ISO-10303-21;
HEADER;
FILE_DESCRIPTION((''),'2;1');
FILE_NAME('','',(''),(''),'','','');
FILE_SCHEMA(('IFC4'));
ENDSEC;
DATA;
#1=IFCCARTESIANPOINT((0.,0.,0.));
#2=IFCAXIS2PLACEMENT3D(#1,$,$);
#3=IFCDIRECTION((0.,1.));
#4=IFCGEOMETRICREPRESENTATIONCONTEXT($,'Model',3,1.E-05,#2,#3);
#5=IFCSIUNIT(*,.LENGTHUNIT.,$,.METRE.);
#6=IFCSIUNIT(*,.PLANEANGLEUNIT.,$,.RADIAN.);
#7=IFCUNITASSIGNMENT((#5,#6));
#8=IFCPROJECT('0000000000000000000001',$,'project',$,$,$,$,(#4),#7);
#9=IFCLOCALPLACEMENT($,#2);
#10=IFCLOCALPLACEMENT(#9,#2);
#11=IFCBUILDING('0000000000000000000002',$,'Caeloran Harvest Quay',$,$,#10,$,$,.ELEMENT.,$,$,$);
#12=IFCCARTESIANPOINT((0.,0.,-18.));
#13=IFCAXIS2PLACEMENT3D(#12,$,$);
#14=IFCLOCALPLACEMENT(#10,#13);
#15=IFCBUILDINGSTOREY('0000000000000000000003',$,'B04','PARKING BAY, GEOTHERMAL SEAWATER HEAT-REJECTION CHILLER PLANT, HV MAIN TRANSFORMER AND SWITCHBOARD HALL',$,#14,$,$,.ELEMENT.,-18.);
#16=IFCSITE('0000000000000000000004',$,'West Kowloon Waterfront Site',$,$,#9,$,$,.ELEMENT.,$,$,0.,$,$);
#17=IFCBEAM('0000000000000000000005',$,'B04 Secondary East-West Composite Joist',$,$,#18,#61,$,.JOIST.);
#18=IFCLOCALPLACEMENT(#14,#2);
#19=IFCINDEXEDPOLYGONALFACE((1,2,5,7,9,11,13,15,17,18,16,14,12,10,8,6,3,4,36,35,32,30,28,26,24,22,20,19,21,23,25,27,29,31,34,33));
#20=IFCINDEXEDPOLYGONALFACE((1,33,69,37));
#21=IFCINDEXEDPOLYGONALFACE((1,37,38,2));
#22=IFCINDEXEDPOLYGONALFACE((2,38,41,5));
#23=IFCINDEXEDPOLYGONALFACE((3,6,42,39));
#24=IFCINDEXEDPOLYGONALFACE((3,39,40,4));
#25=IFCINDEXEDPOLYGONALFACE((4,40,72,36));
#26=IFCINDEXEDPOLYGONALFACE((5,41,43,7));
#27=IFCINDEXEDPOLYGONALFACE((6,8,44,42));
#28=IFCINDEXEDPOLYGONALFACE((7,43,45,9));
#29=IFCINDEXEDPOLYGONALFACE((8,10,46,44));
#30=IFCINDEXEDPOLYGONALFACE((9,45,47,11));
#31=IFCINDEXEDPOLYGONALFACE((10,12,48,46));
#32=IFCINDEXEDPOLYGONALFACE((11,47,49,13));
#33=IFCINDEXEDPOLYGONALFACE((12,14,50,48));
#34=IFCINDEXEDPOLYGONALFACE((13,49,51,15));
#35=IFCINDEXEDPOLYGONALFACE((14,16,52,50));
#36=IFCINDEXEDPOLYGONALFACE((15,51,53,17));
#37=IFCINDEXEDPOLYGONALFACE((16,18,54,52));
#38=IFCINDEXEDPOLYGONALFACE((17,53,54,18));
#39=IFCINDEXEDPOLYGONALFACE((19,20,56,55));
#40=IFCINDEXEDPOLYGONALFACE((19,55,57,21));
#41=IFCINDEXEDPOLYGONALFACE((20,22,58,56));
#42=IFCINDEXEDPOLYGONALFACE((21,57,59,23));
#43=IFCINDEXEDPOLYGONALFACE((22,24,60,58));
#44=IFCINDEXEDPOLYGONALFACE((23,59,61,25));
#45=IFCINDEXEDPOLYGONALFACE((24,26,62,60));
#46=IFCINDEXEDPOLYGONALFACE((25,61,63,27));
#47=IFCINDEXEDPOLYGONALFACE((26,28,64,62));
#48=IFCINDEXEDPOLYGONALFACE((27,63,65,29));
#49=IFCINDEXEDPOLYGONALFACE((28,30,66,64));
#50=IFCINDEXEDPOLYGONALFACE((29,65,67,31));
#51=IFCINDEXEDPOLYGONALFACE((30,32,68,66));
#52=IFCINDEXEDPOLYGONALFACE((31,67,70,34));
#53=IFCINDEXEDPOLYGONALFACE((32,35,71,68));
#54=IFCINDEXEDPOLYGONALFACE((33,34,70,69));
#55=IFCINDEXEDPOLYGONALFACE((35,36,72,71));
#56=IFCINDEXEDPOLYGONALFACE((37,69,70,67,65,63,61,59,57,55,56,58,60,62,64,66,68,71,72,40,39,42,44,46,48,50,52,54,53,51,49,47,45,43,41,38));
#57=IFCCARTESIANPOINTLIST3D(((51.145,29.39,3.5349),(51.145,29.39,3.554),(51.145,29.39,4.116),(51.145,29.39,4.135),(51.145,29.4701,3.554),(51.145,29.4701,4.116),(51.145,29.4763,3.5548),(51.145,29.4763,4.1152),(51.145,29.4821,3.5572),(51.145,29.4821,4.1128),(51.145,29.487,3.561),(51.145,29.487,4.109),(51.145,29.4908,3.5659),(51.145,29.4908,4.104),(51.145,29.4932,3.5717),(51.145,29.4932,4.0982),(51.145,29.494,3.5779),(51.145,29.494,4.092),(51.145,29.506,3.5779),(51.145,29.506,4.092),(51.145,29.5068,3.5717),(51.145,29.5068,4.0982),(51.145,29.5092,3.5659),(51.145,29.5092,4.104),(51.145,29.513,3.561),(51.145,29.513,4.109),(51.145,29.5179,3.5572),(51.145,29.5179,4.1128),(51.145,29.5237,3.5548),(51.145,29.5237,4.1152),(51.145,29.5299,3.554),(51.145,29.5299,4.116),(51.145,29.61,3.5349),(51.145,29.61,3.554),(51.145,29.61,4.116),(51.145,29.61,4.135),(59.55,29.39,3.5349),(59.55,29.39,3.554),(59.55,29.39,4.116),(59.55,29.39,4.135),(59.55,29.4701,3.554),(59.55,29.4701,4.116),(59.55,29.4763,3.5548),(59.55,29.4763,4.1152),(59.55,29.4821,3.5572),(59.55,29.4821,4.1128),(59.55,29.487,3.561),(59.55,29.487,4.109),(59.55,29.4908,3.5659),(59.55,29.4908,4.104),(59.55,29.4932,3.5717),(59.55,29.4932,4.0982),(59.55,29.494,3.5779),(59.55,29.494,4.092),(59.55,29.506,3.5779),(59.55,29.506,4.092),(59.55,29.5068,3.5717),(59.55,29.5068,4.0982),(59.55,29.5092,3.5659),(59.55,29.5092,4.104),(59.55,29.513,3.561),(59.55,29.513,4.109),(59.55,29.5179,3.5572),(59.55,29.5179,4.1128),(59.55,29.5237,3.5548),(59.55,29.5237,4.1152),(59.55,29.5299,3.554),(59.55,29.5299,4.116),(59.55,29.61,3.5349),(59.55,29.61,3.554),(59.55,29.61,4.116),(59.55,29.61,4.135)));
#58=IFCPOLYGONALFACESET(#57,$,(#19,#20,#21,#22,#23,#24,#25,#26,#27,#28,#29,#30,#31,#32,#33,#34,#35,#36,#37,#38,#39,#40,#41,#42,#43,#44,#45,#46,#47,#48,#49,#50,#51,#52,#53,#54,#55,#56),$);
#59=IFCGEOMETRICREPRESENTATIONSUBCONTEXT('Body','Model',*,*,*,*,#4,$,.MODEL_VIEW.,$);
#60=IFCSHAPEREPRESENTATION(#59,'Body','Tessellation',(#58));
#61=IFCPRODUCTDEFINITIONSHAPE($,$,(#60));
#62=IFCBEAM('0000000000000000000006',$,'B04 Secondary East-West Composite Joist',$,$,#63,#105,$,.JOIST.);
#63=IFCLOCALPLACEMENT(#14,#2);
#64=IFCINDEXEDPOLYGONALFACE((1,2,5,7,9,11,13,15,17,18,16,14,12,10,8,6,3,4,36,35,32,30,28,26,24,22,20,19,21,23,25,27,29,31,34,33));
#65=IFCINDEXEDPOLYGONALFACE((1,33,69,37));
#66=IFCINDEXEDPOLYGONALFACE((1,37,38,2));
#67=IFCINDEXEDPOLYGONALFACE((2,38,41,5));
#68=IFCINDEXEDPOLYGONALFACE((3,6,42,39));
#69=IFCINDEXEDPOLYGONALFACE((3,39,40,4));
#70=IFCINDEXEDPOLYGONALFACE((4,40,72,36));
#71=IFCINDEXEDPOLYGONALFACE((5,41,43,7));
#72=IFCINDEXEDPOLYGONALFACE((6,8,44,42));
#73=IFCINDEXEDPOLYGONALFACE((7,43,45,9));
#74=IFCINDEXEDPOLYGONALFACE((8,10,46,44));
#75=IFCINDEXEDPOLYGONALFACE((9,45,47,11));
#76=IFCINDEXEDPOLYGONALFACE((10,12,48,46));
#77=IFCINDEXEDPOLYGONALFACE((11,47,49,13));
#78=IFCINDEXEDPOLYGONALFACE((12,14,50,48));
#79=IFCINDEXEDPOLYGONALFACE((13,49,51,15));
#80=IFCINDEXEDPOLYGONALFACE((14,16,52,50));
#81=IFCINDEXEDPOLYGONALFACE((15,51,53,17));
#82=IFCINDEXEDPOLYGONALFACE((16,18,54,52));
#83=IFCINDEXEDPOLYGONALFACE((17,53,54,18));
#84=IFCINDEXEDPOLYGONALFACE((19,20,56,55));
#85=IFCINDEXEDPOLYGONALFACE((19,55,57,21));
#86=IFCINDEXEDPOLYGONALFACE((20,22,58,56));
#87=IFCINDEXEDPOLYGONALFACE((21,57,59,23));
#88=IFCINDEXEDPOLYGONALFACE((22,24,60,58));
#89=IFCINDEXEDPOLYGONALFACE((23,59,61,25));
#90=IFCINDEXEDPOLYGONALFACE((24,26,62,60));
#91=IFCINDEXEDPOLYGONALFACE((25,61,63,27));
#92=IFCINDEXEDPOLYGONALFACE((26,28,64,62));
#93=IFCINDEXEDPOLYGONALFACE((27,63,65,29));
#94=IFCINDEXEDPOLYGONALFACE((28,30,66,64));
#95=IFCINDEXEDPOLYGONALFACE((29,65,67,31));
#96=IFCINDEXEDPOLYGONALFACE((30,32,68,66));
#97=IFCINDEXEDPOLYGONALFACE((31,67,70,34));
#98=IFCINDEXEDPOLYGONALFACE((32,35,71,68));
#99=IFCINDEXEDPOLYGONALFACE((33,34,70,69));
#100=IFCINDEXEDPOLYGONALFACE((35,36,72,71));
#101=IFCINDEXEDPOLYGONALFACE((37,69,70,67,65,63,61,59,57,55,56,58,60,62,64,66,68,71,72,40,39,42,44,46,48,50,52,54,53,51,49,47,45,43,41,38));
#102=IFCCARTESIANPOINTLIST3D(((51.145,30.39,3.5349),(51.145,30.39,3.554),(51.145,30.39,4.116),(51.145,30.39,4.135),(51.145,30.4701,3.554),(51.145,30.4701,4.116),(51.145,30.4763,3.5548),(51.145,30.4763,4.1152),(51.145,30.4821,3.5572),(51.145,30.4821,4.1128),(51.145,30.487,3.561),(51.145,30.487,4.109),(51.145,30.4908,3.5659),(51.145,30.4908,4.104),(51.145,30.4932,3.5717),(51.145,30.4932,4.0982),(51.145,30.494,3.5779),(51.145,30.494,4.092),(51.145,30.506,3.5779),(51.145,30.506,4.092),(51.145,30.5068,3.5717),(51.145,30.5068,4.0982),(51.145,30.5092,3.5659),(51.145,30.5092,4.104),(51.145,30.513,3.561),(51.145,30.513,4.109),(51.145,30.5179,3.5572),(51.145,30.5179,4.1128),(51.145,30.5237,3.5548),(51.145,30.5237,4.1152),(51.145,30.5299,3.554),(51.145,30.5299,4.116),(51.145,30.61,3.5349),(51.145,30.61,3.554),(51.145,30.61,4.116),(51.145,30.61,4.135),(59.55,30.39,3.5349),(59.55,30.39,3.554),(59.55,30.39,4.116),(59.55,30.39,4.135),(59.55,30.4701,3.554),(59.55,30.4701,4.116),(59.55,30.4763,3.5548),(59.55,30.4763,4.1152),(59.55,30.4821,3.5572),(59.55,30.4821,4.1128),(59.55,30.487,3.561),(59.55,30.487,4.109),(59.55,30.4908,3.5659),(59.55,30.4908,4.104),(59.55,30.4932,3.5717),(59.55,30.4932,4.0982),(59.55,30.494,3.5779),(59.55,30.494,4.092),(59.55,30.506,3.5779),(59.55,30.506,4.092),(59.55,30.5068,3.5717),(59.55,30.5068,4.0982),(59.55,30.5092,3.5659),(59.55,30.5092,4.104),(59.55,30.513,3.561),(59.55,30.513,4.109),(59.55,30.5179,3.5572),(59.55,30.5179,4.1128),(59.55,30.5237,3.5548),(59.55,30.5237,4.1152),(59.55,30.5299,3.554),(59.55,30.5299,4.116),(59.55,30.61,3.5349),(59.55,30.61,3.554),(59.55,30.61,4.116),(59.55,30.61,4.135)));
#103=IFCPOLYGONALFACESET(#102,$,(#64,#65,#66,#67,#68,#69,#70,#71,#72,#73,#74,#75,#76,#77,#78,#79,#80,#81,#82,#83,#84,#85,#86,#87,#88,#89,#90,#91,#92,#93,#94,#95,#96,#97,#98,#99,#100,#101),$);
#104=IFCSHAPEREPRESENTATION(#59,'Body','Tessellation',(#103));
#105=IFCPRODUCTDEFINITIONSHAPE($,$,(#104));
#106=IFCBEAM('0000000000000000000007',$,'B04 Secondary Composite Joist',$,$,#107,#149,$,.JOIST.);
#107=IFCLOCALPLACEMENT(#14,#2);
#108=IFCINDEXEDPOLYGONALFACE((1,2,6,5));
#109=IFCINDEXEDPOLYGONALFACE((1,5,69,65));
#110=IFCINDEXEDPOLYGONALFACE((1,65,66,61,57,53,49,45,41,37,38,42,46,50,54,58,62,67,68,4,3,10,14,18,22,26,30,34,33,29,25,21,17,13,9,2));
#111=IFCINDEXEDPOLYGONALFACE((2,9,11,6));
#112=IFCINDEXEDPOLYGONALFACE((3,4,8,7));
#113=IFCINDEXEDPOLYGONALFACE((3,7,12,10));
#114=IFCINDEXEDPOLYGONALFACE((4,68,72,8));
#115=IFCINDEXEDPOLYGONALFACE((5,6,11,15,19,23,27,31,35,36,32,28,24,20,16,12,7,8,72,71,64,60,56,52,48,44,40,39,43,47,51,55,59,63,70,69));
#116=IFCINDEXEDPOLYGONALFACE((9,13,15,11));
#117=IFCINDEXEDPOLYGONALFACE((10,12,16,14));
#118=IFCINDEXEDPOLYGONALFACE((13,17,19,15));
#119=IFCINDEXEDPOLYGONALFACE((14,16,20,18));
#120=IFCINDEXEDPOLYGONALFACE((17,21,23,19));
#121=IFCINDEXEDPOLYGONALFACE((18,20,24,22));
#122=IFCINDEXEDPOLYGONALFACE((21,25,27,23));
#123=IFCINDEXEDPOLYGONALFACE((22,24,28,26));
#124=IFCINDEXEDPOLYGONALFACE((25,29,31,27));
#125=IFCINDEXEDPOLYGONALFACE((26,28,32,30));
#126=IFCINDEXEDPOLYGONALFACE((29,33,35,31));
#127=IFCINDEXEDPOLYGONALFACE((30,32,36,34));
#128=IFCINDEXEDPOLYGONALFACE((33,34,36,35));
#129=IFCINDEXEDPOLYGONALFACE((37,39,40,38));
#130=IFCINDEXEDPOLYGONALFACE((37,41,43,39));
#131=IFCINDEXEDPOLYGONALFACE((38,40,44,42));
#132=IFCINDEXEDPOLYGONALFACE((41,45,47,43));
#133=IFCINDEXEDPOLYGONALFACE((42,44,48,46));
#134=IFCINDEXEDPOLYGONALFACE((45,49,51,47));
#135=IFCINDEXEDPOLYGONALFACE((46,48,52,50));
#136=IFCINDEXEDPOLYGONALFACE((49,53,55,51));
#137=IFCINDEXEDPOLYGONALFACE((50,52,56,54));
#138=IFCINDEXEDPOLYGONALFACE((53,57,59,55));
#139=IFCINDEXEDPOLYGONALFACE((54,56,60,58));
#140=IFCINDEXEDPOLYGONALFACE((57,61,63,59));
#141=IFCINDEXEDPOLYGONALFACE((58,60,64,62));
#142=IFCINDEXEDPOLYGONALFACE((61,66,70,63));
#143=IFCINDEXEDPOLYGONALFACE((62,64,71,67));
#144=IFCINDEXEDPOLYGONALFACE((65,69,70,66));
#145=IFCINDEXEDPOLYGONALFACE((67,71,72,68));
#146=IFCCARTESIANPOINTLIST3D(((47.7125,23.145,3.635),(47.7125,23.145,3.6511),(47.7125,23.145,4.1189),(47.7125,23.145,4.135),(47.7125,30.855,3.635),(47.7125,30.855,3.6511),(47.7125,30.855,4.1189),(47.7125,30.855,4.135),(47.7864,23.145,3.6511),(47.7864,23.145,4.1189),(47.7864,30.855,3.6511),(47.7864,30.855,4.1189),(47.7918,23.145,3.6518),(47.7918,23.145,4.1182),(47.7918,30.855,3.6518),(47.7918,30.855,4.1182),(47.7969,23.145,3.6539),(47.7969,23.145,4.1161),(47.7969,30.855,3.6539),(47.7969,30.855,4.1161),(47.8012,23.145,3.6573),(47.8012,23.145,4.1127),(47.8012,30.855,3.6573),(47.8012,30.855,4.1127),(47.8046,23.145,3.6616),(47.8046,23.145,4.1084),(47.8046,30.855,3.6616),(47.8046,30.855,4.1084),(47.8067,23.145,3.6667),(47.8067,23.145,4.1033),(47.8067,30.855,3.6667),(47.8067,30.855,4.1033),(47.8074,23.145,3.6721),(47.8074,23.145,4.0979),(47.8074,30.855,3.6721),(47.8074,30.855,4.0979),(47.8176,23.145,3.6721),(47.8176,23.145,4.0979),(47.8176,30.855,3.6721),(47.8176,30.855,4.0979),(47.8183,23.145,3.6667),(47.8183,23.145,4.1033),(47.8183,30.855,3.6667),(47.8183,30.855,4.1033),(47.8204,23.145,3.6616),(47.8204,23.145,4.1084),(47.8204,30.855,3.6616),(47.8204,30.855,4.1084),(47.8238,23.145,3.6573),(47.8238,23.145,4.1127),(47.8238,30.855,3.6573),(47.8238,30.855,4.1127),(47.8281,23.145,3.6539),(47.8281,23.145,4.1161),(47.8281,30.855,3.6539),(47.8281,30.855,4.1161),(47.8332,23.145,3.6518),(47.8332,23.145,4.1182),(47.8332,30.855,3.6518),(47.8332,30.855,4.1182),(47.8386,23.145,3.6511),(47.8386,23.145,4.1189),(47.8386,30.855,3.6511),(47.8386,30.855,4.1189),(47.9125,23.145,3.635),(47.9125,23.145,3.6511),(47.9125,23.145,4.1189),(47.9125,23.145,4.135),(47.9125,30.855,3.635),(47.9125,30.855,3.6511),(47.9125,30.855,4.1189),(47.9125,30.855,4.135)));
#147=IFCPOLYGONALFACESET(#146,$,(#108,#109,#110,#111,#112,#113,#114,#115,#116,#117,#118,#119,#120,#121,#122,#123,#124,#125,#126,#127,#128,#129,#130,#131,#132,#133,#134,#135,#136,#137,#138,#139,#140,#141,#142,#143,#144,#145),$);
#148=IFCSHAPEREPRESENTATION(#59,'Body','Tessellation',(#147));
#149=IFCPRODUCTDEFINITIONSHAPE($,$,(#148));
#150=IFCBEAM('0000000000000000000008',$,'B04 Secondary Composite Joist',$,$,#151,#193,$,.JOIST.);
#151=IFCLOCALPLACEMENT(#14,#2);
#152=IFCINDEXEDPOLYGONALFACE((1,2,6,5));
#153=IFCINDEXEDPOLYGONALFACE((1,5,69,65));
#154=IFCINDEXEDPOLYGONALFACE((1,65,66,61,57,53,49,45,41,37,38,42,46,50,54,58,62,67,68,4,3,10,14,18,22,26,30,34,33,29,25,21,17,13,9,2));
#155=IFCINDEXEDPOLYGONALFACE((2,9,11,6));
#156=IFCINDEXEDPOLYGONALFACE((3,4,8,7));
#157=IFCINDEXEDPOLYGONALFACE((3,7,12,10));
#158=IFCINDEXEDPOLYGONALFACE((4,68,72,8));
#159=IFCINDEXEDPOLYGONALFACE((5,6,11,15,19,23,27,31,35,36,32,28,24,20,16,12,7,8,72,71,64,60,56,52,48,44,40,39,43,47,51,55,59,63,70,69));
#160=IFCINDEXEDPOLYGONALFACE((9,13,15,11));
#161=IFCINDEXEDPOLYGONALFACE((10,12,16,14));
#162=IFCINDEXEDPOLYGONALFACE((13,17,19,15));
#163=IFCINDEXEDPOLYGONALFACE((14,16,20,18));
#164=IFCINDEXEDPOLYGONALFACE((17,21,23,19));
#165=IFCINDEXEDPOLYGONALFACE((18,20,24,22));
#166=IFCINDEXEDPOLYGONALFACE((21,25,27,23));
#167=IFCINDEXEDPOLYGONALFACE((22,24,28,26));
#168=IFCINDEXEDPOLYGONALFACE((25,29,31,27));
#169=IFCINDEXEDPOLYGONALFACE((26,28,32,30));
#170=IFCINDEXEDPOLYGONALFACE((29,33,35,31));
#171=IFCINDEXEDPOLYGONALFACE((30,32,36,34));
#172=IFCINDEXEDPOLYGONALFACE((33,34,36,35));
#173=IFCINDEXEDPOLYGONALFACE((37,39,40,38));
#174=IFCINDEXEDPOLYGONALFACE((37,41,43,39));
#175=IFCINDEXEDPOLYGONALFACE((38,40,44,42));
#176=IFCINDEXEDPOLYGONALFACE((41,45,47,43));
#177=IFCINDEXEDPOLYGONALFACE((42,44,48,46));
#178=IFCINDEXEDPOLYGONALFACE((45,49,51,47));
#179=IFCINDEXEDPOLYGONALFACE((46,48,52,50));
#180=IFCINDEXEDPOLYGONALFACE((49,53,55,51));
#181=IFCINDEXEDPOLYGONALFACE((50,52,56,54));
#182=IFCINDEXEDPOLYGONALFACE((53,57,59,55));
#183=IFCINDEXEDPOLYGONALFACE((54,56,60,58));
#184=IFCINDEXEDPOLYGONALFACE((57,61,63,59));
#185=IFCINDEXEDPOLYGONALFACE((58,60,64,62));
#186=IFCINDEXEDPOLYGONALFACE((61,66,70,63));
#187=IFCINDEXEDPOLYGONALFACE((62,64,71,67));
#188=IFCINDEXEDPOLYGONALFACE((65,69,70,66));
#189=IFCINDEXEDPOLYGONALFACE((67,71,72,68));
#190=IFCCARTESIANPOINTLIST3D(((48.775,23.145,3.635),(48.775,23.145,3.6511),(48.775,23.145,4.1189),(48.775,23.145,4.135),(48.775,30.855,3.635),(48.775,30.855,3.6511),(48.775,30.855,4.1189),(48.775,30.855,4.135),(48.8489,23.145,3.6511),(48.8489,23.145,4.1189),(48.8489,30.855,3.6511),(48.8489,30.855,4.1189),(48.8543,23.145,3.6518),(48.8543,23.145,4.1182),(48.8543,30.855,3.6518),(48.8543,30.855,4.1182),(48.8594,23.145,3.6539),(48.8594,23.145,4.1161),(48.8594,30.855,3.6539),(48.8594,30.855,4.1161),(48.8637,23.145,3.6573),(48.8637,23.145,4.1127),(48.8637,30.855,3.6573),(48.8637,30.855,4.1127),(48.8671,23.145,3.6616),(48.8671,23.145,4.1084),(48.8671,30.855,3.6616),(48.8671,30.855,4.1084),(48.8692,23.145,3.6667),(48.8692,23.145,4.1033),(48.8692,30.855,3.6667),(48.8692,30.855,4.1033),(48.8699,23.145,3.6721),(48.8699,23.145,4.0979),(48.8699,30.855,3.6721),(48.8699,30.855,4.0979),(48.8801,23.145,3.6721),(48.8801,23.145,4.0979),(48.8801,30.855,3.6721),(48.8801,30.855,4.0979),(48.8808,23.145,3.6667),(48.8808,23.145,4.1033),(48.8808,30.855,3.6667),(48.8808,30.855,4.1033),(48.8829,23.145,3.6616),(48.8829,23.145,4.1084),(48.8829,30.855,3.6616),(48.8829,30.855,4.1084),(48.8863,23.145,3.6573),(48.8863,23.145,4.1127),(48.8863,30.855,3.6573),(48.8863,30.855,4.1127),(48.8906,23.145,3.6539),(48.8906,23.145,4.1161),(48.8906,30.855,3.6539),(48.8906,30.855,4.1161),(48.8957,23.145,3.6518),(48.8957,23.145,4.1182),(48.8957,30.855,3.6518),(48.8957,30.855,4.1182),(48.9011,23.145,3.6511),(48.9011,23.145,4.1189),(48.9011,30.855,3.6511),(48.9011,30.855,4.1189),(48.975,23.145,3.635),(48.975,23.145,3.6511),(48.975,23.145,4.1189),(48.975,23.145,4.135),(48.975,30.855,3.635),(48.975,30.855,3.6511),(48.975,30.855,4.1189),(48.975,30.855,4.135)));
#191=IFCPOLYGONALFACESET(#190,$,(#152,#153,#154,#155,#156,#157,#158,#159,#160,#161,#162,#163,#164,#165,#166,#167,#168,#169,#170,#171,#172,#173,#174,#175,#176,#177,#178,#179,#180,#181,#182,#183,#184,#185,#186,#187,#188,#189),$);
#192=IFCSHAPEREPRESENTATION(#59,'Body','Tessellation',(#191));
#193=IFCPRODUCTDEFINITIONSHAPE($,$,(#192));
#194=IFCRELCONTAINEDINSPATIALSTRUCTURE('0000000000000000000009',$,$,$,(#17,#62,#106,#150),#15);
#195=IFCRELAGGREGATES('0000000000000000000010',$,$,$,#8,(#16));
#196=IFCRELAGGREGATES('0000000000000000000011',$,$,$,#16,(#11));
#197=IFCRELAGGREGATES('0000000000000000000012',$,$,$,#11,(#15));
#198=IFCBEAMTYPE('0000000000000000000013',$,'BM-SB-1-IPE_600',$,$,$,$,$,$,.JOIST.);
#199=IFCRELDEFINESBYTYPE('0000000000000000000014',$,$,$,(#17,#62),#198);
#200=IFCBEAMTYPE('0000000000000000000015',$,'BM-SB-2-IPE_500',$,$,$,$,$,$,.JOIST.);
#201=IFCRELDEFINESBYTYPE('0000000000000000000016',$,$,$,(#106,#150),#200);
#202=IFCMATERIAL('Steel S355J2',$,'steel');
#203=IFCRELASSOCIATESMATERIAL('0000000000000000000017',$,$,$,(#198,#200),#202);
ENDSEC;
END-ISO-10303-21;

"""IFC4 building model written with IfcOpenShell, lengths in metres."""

from ifc_helpers import new_model, si_unit, direction, frame, origin, origin_2d, place, context, subcontext, project, spatial, i_section, extrude, material, material_profile, profile_set, type_object, element, save


model = new_model("IFC4")

# Units and contexts
model_context = context("Model", 3, precision=1e-05, world=origin(), true_north=direction((0.0, 1.0)))
body_context = subcontext(model_context, "Body", "Model", "MODEL_VIEW")
ifc_project = project(units=[si_unit("LENGTHUNIT", "METRE"), si_unit("PLANEANGLEUNIT", "RADIAN")], contexts=[model_context])

# Site, building, storey
site_placement = place(None, origin())
site = spatial("IfcSite", under=ifc_project, at=site_placement, Name="West Kowloon Waterfront Site", CompositionType="ELEMENT", RefElevation=0.0)
building_placement = place(site_placement, origin())
building = spatial("IfcBuilding", under=site, at=building_placement, Name="Caeloran Harvest Quay", CompositionType="ELEMENT")
storey_placement = place(building_placement, frame((0.0, 0.0, -18.0)))
storey = spatial("IfcBuildingStorey", under=building, at=storey_placement, Name="B04", Description="PARKING BAY, GEOTHERMAL SEAWATER HEAT-REJECTION CHILLER PLANT, HV MAIN TRANSFORMER AND SWITCHBOARD HALL", CompositionType="ELEMENT", Elevation=-18.0)

# Beams
ifc_material_1 = material(Name="Steel S355J2", Category="steel")
ifc_material_profile_1 = material_profile(ifc_material_1, i_section(OverallWidth=0.22, OverallDepth=0.6001, WebThickness=0.012, FlangeThickness=0.019, FilletRadius=0.0239, at=origin_2d()), Name="IPE 600")
ifc_profile_set_1 = profile_set([ifc_material_profile_1], Name="Steel S355J2")
beam_type_1 = type_object("IfcBeamType", Name="BM-SB-1-IPE_600", PredefinedType="JOIST", material=ifc_profile_set_1)
for number, where, z_axis, x_axis, name in (
    (1, (51.145, 29.5, 3.835), (1.0, 0.0, 0.0), (0.0, 1.0, 0.0), "B04 Secondary East-West Composite Joist"),
    (2, (51.145, 30.5, 3.835), (1.0, 0.0, 0.0), (0.0, 1.0, 0.0), "B04 Secondary East-West Composite Joist"),
):
    element("IfcBeam", number, at=place(storey_placement, frame(where, z_axis=z_axis, x_axis=x_axis)), inside=storey, type_object=beam_type_1, Name=name, PredefinedType="JOIST", context=body_context, shape_type="SweptSolid", body=[
        extrude(i_section(OverallWidth=0.22, OverallDepth=0.6001, WebThickness=0.012, FlangeThickness=0.019, FilletRadius=0.0239, at=origin_2d()), origin(), (0.0, 0.0, 1.0), 8.405),
    ])
ifc_material_profile_2 = material_profile(ifc_material_1, i_section(OverallWidth=0.2, OverallDepth=0.5, WebThickness=0.0103, FlangeThickness=0.0161, FilletRadius=0.021, at=origin_2d()), Name="IPE 500")
ifc_profile_set_2 = profile_set([ifc_material_profile_2], Name="Steel S355J2")
beam_type_2 = type_object("IfcBeamType", Name="BM-SB-2-IPE_500", PredefinedType="JOIST", material=ifc_profile_set_2)
for number, where, z_axis, x_axis, name in (
    (3, (47.8125, 23.145, 3.885), (0.0, 1.0, 0.0), (-1.0, 0.0, 0.0), "B04 Secondary Composite Joist"),
    (4, (48.875, 23.145, 3.885), (0.0, 1.0, 0.0), (-1.0, 0.0, 0.0), "B04 Secondary Composite Joist"),
):
    element("IfcBeam", number, at=place(storey_placement, frame(where, z_axis=z_axis, x_axis=x_axis)), inside=storey, type_object=beam_type_2, Name=name, PredefinedType="JOIST", context=body_context, shape_type="SweptSolid", body=[
        extrude(i_section(OverallWidth=0.2, OverallDepth=0.5, WebThickness=0.0103, FlangeThickness=0.0161, FilletRadius=0.021, at=origin_2d()), origin(), (0.0, 0.0, 1.0), 7.71),
    ])

save(model, "model.ifc")
